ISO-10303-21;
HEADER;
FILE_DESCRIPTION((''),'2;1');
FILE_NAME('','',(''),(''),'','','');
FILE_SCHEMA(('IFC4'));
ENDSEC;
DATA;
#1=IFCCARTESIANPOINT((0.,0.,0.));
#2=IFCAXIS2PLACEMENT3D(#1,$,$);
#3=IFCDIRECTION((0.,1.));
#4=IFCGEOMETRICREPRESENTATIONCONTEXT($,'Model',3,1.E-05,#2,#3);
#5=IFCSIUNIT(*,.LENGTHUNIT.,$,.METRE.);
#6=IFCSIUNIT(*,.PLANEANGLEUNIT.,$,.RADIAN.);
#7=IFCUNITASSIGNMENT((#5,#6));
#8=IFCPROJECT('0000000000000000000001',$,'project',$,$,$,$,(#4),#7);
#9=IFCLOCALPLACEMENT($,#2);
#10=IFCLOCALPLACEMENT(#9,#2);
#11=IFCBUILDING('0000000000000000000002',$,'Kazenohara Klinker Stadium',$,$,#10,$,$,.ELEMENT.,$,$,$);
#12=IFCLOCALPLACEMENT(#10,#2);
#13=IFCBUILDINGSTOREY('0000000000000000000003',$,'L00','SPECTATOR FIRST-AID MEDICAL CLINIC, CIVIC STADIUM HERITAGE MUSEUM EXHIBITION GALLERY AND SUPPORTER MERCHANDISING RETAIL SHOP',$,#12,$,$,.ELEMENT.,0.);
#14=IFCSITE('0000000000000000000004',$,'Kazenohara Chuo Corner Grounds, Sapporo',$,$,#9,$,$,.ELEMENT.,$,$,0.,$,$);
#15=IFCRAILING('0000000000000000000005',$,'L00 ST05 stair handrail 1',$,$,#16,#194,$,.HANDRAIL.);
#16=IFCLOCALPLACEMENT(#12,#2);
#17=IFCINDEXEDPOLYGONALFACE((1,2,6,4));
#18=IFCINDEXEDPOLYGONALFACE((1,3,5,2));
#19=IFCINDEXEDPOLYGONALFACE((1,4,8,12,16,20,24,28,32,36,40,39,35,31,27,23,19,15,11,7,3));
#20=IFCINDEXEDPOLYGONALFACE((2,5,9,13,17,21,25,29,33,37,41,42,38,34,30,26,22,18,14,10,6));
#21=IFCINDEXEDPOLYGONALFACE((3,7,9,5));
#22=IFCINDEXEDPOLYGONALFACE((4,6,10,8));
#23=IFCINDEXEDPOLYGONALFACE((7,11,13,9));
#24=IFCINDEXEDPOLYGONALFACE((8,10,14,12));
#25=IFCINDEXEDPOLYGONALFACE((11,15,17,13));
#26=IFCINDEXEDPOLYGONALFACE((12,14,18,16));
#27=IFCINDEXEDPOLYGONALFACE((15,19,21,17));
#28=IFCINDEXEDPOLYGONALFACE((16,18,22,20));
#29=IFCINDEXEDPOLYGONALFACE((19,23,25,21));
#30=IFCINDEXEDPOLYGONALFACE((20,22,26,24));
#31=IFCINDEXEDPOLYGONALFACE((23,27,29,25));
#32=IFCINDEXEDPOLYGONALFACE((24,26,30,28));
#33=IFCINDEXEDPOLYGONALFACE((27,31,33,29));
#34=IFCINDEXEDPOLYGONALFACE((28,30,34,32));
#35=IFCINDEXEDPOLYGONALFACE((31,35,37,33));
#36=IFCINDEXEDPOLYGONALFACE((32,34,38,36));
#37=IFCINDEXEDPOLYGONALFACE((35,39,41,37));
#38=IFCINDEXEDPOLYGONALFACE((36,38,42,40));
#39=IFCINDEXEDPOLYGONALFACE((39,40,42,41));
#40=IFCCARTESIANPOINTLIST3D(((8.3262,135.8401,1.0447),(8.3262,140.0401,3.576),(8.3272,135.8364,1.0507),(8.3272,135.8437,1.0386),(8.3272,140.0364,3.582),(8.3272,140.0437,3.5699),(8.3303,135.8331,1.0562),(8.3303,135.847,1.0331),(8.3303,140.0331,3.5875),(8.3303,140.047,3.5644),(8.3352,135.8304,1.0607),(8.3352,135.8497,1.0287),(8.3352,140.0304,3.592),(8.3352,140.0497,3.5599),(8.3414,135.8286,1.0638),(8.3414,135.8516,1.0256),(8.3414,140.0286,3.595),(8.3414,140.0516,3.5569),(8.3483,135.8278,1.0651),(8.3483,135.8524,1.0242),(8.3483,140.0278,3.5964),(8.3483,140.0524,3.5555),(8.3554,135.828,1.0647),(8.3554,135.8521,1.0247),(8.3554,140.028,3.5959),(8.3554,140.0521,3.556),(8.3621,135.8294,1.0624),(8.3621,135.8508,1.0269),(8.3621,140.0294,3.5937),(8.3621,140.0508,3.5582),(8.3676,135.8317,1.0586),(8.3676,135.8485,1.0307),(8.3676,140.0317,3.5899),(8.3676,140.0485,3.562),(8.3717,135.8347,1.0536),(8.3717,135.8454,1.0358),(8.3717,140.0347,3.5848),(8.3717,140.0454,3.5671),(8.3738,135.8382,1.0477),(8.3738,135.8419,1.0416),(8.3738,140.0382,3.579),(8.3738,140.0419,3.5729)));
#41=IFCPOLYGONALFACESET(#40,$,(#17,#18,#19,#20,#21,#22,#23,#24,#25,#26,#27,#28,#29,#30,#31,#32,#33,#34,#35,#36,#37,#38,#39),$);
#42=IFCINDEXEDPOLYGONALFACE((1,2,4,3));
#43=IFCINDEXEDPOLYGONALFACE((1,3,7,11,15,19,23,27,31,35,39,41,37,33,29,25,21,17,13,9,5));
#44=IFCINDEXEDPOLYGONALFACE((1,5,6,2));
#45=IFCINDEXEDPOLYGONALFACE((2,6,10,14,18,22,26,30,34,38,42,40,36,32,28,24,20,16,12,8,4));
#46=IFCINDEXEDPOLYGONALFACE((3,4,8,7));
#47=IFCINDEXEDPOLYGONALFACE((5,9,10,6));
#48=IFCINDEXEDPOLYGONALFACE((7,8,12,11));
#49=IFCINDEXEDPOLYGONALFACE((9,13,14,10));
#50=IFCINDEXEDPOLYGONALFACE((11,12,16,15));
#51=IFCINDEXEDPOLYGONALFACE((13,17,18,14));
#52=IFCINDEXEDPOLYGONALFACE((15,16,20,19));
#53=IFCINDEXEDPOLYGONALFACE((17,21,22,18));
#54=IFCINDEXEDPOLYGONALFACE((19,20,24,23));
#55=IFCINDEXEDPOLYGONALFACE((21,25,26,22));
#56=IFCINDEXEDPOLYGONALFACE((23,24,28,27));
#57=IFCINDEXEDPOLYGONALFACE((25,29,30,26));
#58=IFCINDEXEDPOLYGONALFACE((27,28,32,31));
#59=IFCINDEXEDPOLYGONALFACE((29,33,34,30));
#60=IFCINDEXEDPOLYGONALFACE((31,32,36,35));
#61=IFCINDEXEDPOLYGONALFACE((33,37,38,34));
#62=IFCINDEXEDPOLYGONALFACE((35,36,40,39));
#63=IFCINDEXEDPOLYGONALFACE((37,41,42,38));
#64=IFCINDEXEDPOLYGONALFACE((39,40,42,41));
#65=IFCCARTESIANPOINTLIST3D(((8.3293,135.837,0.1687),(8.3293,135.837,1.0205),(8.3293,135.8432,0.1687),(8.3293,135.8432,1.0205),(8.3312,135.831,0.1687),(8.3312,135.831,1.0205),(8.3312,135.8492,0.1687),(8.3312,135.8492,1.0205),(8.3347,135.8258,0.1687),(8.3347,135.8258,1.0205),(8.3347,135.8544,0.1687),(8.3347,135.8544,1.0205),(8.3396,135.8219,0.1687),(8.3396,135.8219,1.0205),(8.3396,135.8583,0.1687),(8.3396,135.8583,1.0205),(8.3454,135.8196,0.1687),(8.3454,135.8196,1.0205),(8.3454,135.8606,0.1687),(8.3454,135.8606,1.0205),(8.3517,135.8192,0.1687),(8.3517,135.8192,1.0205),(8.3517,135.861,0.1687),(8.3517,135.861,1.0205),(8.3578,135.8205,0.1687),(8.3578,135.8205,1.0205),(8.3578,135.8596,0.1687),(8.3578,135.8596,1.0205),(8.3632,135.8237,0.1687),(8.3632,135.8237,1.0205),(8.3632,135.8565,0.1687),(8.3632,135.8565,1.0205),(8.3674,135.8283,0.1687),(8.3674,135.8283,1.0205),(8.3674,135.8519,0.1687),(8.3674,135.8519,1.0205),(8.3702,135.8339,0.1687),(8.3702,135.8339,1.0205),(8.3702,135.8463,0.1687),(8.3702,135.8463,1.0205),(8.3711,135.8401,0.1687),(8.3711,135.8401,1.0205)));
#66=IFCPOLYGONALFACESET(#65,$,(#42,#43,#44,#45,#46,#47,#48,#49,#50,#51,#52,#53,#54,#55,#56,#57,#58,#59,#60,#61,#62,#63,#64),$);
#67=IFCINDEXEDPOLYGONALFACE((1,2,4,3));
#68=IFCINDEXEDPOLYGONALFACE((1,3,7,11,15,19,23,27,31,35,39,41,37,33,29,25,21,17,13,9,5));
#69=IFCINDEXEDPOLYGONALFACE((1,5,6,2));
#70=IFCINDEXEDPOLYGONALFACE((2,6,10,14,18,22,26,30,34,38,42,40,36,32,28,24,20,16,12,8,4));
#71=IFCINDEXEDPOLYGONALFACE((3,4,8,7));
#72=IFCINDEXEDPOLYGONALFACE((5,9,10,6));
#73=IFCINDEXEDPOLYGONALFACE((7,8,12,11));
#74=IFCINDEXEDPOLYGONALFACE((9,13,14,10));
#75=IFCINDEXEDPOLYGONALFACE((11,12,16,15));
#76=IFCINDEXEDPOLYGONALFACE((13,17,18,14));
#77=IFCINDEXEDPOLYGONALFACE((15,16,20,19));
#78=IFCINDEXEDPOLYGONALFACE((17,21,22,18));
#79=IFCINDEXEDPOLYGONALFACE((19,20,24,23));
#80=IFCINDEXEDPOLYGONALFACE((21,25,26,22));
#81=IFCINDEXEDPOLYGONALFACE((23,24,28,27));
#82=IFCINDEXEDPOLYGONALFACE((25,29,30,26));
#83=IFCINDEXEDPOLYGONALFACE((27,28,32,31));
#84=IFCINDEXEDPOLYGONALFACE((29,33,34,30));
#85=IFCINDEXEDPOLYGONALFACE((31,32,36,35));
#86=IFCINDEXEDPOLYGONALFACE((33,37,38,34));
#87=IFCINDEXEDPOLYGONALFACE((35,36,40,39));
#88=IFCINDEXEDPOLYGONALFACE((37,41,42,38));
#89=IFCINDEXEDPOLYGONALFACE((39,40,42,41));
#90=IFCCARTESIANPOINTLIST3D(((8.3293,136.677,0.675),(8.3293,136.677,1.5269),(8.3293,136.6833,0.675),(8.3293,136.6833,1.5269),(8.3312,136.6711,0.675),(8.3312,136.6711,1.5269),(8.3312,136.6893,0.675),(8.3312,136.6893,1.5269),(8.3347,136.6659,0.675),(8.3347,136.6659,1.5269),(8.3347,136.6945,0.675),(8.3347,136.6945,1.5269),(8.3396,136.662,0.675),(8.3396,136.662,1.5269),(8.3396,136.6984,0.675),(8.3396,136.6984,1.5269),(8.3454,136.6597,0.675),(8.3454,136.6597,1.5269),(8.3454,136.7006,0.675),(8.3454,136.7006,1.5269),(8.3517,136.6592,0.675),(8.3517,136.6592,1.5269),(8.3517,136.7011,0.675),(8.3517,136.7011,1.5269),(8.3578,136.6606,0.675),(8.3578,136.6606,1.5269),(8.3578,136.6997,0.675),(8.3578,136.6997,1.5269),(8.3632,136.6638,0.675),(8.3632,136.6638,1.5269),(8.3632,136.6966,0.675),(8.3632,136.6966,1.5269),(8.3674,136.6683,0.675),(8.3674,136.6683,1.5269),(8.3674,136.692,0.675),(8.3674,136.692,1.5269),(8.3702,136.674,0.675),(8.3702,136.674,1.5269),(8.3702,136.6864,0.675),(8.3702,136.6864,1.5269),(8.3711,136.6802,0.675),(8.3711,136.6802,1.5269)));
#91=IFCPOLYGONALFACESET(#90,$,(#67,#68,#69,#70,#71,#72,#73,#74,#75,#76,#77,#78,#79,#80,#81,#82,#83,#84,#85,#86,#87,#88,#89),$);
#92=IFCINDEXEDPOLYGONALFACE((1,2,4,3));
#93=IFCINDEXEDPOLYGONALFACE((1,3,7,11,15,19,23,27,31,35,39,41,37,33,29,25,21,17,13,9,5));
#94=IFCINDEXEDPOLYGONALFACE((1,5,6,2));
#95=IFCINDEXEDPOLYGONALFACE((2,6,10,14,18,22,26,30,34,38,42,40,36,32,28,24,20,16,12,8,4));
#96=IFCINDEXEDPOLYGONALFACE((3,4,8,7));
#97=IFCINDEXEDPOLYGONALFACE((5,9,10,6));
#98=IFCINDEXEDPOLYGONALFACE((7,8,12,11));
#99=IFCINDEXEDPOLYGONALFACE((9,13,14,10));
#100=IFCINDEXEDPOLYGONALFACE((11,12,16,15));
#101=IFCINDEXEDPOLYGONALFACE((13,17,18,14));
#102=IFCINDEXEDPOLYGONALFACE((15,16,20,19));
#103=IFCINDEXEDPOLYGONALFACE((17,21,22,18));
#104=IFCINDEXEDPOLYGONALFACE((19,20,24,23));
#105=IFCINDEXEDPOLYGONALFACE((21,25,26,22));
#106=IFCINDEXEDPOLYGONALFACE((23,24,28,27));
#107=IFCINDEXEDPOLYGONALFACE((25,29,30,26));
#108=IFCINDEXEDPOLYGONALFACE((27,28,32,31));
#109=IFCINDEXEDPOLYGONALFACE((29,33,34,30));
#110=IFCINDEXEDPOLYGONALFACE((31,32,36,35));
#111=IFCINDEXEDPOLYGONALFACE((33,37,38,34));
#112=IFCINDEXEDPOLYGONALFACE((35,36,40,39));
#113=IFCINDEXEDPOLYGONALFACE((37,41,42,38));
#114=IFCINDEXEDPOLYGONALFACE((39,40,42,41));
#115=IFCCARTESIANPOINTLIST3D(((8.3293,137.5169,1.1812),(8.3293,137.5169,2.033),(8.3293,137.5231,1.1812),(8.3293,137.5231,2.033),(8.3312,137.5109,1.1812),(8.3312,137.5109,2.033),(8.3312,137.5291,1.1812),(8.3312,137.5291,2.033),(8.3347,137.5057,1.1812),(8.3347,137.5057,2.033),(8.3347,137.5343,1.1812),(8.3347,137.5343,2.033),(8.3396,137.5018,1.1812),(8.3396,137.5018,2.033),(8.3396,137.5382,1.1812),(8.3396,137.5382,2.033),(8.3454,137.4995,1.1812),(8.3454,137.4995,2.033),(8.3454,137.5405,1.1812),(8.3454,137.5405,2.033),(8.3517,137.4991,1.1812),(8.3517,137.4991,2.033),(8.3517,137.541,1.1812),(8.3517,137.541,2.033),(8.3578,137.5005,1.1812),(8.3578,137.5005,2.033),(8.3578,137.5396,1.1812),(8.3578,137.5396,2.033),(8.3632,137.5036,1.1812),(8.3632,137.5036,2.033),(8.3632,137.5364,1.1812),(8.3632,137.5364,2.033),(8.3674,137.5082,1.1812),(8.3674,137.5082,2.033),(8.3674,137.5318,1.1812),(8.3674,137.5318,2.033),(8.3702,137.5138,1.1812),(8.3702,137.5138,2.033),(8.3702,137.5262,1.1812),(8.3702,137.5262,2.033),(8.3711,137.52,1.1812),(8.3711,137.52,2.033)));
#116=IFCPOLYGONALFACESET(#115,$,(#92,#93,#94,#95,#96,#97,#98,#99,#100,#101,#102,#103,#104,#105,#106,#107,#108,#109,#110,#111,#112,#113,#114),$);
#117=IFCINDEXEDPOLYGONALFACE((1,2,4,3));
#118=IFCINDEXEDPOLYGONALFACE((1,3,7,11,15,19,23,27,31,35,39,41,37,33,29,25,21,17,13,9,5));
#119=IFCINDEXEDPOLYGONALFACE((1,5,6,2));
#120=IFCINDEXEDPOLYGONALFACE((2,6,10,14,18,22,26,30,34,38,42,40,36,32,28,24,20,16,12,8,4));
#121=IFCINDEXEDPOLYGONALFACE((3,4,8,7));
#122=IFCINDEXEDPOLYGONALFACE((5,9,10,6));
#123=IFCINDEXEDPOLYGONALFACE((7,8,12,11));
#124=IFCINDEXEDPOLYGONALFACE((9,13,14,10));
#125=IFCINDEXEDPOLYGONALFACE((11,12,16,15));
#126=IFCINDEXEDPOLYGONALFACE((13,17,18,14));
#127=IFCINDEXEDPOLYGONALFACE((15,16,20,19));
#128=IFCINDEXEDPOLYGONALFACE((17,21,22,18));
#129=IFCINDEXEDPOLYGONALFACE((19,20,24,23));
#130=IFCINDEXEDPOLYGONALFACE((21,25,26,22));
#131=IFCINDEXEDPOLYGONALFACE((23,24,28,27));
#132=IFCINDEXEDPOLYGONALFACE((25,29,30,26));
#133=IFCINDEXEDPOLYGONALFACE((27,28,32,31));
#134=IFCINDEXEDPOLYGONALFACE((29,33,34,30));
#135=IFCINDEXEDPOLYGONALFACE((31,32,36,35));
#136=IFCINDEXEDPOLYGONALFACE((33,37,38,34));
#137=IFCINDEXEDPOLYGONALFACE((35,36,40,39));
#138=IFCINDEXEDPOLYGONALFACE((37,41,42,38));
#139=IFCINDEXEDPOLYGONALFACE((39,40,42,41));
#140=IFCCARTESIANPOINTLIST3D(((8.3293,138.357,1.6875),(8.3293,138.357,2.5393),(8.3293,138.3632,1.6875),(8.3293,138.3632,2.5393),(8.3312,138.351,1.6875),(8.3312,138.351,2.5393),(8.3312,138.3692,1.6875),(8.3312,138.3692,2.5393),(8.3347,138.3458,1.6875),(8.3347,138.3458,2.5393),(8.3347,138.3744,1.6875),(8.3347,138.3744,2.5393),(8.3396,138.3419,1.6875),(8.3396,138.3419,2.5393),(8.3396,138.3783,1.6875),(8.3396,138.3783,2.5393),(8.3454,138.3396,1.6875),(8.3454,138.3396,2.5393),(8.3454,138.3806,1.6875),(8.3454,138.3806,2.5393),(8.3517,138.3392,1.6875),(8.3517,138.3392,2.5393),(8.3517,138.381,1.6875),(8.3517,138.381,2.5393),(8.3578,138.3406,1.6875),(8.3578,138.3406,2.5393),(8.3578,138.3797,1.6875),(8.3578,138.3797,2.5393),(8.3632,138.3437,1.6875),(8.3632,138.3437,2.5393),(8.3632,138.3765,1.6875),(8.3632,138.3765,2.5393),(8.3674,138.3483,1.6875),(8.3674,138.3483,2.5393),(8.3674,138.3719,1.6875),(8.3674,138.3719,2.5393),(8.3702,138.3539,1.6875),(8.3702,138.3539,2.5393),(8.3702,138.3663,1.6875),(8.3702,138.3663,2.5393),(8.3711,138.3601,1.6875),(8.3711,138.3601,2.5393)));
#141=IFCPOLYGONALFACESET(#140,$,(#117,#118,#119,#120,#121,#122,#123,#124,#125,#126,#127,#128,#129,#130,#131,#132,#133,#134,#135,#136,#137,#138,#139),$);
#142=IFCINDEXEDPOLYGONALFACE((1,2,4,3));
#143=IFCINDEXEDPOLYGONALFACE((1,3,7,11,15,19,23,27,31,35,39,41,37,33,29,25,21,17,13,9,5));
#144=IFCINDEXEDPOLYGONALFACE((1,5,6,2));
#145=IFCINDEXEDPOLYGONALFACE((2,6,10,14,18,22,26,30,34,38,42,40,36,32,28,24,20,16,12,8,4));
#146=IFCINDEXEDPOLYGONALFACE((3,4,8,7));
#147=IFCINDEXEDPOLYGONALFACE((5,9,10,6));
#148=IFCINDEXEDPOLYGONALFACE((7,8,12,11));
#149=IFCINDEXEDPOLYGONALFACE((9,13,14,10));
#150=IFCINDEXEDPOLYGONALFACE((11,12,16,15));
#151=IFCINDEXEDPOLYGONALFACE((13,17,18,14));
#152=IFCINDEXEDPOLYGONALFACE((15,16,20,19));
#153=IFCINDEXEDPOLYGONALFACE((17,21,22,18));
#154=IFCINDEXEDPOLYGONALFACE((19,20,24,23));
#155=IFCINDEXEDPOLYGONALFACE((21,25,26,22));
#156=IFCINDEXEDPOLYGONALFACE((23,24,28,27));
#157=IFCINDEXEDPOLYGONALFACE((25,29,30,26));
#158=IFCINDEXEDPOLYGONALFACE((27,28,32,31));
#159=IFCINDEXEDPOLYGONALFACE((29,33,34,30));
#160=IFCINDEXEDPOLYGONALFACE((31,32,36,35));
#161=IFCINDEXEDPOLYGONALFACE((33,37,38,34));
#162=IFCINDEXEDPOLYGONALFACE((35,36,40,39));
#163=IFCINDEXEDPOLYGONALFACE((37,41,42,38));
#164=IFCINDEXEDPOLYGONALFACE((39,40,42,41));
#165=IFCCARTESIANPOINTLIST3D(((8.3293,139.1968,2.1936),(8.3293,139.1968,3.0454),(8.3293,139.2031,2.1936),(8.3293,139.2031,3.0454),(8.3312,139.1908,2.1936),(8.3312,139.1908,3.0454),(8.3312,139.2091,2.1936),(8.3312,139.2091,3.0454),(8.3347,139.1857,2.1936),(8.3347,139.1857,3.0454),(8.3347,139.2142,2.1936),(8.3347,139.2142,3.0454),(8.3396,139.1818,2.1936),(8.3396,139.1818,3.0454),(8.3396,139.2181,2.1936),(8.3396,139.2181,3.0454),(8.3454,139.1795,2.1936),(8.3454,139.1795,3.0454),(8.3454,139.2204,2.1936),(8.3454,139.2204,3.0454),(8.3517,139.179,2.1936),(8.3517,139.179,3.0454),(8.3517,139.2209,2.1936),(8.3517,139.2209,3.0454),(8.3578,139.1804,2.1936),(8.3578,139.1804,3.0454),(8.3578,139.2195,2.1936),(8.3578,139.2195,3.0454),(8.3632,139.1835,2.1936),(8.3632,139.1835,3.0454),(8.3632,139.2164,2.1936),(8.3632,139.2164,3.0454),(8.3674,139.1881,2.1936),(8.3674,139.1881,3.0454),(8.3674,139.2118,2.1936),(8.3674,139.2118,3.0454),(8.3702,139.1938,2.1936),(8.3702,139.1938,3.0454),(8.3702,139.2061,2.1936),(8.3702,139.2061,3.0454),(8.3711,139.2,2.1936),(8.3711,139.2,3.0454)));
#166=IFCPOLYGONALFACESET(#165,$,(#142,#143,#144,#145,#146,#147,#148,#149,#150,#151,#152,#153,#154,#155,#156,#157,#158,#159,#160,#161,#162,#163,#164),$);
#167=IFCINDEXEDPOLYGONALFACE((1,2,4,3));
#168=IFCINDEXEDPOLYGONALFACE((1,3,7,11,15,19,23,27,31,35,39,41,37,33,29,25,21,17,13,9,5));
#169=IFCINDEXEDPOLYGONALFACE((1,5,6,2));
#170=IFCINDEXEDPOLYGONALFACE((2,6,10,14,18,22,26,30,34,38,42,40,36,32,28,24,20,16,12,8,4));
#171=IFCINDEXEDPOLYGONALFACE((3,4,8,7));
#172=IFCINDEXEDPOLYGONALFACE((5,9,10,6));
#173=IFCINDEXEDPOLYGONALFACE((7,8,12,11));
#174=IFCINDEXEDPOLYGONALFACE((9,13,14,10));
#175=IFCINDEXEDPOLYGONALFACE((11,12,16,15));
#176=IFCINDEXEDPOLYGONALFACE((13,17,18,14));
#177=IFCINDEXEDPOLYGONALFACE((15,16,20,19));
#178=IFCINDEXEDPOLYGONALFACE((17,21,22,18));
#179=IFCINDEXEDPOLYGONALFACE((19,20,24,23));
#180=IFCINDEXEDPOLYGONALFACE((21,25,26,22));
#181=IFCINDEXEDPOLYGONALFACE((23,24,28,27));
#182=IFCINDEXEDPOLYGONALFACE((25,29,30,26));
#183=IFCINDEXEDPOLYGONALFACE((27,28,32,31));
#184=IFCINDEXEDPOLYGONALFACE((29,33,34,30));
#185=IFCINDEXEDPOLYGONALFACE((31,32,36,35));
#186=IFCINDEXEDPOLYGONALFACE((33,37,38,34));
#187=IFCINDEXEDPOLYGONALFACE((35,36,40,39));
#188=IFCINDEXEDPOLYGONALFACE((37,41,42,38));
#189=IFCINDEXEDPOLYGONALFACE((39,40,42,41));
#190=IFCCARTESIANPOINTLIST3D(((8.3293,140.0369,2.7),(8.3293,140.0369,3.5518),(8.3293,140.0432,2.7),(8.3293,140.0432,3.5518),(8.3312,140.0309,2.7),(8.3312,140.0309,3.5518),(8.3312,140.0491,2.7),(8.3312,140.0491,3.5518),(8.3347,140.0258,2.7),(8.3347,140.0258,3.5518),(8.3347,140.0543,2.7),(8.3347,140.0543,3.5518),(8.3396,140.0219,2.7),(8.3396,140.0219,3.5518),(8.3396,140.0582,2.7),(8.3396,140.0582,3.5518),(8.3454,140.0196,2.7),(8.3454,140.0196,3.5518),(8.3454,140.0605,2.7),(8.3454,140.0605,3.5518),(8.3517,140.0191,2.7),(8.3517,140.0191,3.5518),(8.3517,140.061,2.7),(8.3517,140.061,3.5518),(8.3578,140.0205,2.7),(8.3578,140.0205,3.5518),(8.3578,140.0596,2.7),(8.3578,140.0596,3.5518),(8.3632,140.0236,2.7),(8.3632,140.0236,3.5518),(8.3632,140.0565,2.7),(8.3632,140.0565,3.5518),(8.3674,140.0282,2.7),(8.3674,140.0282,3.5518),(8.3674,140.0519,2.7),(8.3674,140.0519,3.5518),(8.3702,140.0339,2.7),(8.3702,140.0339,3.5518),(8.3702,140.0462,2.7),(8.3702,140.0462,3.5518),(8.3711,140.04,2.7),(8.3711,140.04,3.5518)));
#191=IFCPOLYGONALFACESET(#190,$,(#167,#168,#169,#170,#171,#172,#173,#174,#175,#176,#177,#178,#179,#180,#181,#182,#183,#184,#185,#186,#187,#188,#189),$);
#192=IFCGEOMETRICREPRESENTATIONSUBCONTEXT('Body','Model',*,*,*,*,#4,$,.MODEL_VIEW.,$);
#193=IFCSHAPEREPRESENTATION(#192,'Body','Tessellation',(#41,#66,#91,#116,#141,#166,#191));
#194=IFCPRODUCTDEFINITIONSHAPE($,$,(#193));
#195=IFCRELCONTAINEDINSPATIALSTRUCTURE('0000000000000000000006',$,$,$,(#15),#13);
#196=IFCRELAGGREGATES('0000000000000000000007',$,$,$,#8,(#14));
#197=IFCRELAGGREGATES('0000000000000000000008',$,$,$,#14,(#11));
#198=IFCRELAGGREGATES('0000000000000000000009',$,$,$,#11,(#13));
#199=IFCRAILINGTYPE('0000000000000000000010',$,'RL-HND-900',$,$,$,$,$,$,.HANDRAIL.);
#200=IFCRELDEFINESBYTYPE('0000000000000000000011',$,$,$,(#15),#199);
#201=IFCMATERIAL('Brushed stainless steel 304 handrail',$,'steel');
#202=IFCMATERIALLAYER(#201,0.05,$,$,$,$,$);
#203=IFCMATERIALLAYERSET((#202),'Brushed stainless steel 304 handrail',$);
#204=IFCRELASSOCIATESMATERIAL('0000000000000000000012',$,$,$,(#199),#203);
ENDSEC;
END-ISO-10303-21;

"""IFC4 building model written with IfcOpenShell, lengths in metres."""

from ifc_helpers import new_model, si_unit, direction, frame, origin, origin_2d, place, context, subcontext, project, spatial, circle, extrude, material, layer, layer_set, type_object, element, save


model = new_model("IFC4")

# Units and contexts
model_context = context("Model", 3, precision=1e-05, world=origin(), true_north=direction((0.0, 1.0)))
body_context = subcontext(model_context, "Body", "Model", "MODEL_VIEW")
ifc_project = project(units=[si_unit("LENGTHUNIT", "METRE"), si_unit("PLANEANGLEUNIT", "RADIAN")], contexts=[model_context])

# Site, building, storey
site_placement = place(None, origin())
site = spatial("IfcSite", under=ifc_project, at=site_placement, Name="Kazenohara Chuo Corner Grounds, Sapporo", CompositionType="ELEMENT", RefElevation=0.0)
building_placement = place(site_placement, origin())
building = spatial("IfcBuilding", under=site, at=building_placement, Name="Kazenohara Klinker Stadium", CompositionType="ELEMENT")
storey_placement = place(building_placement, origin())
storey = spatial("IfcBuildingStorey", under=building, at=storey_placement, Name="L00", Description="SPECTATOR FIRST-AID MEDICAL CLINIC, CIVIC STADIUM HERITAGE MUSEUM EXHIBITION GALLERY AND SUPPORTER MERCHANDISING RETAIL SHOP", CompositionType="ELEMENT", Elevation=0.0)

# Railing
ifc_material_1 = material(Name="Brushed stainless steel 304 handrail", Category="steel")
ifc_layer_1 = layer(ifc_material_1, 0.05)
ifc_layer_set_1 = layer_set([ifc_layer_1], Name="Brushed stainless steel 304 handrail")
railing_type_1 = type_object("IfcRailingType", Name="RL-HND-900", PredefinedType="HANDRAIL", material=ifc_layer_set_1)
railing_1_placement = place(storey_placement, frame((8.3501, 135.8401, 0.1687)))
element("IfcRailing", 1, at=railing_1_placement, inside=storey, type_object=railing_type_1, Name="L00 ST05 stair handrail 1", PredefinedType="HANDRAIL", context=body_context, shape_type="SweptSolid", body=[
    extrude(circle(Radius=0.0239, at=origin_2d()), frame((0.0, 0.0, 0.876), z_axis=(0.0, 0.856476, 0.516186), x_axis=(-1.0, 0.0, 0.0)), (0.0, 0.0, 1.0), 4.9038),
    extrude(circle(Radius=0.021, at=origin_2d()), origin(), (0.0, 0.0, 1.0), 0.8518),
    extrude(circle(Radius=0.021, at=origin_2d()), frame((0.0, 0.8401, 0.5063)), (0.0, 0.0, 1.0), 0.8518),
    extrude(circle(Radius=0.021, at=origin_2d()), frame((0.0, 1.6799, 1.0125)), (0.0, 0.0, 1.0), 0.8518),
    extrude(circle(Radius=0.021, at=origin_2d()), frame((0.0, 2.52, 1.5188)), (0.0, 0.0, 1.0), 0.8518),
    extrude(circle(Radius=0.021, at=origin_2d()), frame((0.0, 3.3599, 2.0249)), (0.0, 0.0, 1.0), 0.8518),
    extrude(circle(Radius=0.021, at=origin_2d()), frame((0.0, 4.2, 2.5312)), (0.0, 0.0, 1.0), 0.8518),
])

save(model, "model.ifc")
